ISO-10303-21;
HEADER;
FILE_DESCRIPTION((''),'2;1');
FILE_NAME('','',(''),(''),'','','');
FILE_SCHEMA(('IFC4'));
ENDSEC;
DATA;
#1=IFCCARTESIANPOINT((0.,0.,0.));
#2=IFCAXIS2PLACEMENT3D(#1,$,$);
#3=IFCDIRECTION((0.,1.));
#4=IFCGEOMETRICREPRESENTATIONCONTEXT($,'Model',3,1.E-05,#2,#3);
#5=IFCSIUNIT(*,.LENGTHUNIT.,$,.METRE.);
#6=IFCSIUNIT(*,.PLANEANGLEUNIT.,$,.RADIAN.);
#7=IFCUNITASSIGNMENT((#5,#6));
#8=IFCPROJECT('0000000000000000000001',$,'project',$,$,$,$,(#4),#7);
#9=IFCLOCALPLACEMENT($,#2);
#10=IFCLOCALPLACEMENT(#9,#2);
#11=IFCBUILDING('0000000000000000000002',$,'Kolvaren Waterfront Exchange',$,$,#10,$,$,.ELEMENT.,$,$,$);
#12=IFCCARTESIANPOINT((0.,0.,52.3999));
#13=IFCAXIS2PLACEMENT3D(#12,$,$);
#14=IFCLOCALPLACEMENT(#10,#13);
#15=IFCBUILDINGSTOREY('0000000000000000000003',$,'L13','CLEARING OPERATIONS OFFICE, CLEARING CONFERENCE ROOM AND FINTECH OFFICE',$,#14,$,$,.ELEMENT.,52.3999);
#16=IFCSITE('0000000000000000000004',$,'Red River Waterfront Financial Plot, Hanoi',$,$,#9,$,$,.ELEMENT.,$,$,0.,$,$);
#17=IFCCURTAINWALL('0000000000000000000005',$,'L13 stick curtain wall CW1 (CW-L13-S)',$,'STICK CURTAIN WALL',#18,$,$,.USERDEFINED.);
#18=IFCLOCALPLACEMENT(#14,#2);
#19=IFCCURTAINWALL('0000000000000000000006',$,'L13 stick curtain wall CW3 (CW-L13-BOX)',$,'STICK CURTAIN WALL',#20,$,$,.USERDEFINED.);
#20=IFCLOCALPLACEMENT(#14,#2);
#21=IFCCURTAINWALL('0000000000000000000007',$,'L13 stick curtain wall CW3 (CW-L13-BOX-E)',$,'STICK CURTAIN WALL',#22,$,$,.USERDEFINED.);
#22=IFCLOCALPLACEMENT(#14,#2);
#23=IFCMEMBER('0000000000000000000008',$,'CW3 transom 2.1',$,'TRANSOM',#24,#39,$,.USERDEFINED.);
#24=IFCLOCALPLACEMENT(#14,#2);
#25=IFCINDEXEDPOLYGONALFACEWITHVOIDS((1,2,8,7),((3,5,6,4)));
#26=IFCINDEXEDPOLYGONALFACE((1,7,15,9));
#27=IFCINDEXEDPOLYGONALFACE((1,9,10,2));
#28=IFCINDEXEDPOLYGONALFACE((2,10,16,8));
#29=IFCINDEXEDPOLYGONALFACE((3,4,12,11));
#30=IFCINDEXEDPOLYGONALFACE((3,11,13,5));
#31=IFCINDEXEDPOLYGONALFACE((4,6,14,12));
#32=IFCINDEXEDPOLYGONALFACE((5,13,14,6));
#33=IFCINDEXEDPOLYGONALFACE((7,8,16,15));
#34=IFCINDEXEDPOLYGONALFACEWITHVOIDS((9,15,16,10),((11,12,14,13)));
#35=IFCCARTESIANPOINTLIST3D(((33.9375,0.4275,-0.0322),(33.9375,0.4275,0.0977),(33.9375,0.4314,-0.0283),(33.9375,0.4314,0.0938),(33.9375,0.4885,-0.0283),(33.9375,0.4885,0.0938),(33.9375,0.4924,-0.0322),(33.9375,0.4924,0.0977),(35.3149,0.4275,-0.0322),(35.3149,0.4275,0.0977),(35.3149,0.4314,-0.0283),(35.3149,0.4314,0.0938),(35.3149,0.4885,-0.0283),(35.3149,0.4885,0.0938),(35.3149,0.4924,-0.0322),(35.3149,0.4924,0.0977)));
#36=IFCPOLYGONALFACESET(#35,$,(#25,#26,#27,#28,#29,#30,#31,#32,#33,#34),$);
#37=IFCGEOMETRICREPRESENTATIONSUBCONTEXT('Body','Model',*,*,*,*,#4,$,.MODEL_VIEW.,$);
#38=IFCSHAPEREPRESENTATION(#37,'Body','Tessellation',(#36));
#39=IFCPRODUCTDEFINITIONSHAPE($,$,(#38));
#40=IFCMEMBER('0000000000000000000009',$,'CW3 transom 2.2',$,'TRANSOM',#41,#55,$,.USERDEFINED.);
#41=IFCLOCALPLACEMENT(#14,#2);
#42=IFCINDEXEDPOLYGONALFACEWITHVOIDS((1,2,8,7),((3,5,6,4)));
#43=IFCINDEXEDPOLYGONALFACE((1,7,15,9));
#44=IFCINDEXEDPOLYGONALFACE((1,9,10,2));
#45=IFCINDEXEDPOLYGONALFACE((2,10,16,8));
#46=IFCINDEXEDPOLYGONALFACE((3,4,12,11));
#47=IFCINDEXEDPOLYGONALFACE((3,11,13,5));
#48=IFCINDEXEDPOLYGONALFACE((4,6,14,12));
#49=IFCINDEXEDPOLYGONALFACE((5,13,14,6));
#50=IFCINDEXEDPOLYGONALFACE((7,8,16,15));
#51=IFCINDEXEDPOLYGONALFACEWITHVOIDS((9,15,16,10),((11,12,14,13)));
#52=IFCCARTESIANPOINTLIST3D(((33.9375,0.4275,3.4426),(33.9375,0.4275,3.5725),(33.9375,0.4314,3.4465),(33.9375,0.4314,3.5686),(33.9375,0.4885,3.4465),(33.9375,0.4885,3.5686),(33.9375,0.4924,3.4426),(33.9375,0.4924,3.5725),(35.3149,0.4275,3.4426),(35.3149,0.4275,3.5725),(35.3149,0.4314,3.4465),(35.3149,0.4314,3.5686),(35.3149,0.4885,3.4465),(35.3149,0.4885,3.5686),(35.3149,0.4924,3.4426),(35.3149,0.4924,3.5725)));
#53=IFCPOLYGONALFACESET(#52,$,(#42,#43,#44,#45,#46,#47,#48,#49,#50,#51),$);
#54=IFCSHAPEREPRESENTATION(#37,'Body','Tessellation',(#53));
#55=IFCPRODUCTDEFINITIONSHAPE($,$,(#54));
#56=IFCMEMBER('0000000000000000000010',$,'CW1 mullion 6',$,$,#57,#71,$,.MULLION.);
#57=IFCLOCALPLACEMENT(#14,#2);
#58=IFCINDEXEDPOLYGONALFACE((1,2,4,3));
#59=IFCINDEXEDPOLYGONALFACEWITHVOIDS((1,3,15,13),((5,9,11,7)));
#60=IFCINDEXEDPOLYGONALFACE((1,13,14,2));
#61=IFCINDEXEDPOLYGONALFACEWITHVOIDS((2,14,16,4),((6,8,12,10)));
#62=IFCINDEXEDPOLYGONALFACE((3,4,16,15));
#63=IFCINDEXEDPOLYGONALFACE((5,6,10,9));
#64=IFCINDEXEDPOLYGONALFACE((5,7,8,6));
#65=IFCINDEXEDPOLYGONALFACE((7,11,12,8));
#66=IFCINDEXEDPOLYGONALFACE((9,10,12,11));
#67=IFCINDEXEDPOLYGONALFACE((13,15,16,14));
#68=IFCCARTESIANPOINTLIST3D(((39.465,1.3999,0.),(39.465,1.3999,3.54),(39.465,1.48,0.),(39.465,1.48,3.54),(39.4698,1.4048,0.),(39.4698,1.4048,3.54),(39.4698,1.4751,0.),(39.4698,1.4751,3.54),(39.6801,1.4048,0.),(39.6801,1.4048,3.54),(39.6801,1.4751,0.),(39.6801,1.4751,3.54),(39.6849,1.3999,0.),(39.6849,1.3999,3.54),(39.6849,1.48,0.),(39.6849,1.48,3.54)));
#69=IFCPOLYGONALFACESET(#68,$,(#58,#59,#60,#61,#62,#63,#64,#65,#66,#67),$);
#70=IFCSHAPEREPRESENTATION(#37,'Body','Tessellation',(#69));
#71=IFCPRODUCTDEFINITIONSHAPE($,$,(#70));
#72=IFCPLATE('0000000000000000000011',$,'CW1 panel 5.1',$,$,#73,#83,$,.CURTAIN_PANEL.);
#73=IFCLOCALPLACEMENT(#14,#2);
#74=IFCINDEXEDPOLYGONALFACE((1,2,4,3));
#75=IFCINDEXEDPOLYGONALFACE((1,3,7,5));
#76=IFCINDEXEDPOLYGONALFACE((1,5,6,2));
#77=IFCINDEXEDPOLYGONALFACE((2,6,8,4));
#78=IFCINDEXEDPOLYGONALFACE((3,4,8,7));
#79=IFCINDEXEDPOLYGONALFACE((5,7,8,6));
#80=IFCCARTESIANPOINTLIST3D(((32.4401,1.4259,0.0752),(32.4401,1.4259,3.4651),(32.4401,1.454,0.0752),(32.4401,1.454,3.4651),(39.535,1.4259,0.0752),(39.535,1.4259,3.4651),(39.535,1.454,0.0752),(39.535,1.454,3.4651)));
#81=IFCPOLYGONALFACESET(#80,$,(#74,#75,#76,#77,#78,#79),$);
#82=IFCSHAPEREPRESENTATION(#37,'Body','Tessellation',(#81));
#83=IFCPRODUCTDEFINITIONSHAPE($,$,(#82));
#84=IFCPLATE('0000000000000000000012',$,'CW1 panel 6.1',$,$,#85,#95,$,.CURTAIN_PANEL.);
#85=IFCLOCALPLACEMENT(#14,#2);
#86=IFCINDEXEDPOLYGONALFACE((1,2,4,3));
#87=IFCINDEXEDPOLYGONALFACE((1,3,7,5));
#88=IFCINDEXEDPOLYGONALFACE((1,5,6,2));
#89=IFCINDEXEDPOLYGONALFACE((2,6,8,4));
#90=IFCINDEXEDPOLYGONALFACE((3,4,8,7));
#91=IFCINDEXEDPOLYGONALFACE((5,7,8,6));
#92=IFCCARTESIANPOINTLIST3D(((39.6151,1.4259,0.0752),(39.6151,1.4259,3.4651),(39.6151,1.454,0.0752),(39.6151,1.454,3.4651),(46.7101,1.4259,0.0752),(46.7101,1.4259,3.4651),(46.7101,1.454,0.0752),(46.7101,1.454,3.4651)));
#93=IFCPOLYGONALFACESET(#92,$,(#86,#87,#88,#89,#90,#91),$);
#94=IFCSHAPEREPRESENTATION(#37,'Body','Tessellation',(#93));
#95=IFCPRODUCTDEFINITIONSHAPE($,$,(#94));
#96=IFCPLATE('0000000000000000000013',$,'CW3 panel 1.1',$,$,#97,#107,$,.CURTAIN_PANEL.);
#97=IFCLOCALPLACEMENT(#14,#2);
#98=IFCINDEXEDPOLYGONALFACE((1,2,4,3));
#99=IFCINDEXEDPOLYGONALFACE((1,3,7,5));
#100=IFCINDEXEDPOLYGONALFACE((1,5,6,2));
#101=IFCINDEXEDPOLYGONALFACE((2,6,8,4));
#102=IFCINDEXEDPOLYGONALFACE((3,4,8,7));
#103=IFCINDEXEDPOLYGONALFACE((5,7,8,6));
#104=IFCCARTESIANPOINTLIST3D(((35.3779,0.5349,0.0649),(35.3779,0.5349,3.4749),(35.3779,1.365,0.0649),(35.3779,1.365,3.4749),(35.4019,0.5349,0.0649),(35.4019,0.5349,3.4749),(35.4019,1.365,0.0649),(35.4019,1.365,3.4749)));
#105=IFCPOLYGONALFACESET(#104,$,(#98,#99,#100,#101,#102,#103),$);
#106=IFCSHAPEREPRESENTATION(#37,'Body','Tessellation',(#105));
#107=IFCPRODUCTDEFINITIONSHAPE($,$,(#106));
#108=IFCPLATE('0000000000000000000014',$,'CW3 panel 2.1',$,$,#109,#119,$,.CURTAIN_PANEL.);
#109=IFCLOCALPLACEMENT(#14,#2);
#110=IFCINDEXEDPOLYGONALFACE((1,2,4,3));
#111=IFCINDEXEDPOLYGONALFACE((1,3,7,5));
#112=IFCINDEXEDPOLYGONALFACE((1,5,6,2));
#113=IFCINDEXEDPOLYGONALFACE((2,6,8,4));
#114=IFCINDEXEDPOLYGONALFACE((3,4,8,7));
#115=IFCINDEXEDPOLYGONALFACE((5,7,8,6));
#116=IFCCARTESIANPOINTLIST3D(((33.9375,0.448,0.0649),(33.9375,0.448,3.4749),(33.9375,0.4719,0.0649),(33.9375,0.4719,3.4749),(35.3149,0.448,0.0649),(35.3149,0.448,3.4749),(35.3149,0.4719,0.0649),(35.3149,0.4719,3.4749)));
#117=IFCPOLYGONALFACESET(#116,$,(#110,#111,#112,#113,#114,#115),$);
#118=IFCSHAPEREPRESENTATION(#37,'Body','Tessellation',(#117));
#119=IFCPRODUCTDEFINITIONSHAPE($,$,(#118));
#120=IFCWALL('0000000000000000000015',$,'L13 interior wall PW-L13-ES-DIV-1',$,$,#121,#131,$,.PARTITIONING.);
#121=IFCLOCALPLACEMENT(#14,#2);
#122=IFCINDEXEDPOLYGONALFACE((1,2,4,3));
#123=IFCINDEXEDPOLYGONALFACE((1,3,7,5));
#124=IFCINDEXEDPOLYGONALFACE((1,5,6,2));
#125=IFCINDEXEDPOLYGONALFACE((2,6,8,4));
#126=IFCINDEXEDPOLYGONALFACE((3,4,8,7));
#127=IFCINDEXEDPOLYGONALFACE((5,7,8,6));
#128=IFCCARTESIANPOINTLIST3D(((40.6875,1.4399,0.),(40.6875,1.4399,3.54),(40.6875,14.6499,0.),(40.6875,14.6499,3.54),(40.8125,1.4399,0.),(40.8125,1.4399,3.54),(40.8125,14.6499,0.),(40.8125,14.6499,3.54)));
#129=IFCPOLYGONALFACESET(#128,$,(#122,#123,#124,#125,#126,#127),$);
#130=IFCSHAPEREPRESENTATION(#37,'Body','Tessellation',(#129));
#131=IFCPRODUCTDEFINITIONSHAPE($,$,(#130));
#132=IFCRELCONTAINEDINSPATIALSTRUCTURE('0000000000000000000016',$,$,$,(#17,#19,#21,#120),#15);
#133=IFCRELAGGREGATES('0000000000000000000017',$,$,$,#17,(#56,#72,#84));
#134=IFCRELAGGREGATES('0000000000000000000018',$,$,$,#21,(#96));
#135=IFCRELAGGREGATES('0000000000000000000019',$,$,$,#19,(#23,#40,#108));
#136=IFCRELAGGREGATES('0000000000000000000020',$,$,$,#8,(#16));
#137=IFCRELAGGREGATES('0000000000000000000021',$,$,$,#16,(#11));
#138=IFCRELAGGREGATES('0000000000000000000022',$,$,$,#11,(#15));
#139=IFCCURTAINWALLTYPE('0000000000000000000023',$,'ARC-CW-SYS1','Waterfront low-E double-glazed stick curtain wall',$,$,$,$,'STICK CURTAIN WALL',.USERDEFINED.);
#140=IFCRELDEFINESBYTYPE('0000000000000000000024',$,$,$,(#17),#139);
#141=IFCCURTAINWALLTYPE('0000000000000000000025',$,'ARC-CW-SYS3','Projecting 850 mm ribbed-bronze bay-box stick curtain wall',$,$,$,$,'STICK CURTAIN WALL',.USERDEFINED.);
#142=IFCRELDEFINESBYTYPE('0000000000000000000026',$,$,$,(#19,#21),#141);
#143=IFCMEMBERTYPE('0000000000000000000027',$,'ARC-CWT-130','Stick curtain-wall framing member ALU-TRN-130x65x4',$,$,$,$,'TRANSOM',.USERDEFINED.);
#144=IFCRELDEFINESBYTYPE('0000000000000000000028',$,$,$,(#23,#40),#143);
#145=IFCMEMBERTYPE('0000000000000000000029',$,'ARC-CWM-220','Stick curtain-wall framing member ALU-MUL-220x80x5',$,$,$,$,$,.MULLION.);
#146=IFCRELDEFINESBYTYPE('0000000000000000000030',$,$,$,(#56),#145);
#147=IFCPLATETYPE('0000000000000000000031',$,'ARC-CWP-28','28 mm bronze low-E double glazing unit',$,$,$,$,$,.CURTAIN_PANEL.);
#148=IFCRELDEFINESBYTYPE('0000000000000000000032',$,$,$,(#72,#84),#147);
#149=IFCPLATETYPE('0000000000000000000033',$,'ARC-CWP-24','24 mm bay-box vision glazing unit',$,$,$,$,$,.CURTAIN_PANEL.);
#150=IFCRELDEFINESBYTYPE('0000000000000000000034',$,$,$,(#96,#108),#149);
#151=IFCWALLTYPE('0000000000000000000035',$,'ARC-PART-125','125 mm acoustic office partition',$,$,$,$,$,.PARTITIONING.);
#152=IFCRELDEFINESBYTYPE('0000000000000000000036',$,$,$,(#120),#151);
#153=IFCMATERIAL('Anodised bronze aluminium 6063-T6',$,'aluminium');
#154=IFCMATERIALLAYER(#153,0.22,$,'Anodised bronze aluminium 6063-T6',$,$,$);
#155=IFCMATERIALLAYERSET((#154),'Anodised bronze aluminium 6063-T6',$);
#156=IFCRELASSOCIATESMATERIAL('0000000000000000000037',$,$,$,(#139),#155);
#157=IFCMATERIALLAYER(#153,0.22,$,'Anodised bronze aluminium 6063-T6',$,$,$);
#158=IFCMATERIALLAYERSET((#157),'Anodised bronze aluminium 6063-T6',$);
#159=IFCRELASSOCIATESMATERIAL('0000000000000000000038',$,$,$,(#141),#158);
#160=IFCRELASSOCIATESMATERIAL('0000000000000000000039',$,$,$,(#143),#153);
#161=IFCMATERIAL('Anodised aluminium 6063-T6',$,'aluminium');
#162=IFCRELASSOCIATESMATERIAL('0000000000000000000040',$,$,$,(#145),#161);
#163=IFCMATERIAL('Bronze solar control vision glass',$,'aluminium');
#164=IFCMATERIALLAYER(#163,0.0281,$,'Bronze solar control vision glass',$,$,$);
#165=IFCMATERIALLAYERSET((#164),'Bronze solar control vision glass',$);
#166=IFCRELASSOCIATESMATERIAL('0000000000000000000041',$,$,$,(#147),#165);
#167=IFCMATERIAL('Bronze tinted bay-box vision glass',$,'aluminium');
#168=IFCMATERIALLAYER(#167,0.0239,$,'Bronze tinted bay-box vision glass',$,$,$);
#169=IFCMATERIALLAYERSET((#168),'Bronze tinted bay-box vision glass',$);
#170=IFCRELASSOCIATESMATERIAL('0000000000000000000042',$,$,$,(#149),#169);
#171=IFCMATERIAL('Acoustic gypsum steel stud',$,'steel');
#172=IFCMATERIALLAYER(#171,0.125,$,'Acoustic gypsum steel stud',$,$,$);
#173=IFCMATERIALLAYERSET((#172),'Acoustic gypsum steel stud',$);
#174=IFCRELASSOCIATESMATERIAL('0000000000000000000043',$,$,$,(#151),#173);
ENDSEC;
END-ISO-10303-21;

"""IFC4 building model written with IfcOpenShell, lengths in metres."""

from ifc_helpers import new_model, si_unit, direction, frame, frame_2d, origin, origin_with_axes, origin_2d, place, context, subcontext, project, spatial, rectangle, hollow_rectangle, extrude, source, transform, mapped, material, layer, layer_set, material_profile, profile_set, type_object, element, aggregate, save


model = new_model("IFC4")

# Units and contexts
model_context = context("Model", 3, precision=1e-05, world=origin(), true_north=direction((0.0, 1.0)))
body_context = subcontext(model_context, "Body", "Model", "MODEL_VIEW")
ifc_project = project(units=[si_unit("LENGTHUNIT", "METRE"), si_unit("PLANEANGLEUNIT", "RADIAN")], contexts=[model_context])

# Site, building, storey
site_placement = place(None, origin())
site = spatial("IfcSite", under=ifc_project, at=site_placement, Name="Red River Waterfront Financial Plot, Hanoi", CompositionType="ELEMENT", RefElevation=0.0)
building_placement = place(site_placement, origin())
building = spatial("IfcBuilding", under=site, at=building_placement, Name="Kolvaren Waterfront Exchange", CompositionType="ELEMENT")
storey_placement = place(building_placement, frame((0.0, 0.0, 52.3999)))
storey = spatial("IfcBuildingStorey", under=building, at=storey_placement, Name="L13", Description="CLEARING OPERATIONS OFFICE, CLEARING CONFERENCE ROOM AND FINTECH OFFICE", CompositionType="ELEMENT", Elevation=52.3999)

# Curtain wall
ifc_material_1 = material(Name="Anodised bronze aluminium 6063-T6", Category="aluminium")
ifc_layer_1 = layer(ifc_material_1, 0.22, Name="Anodised bronze aluminium 6063-T6")
ifc_layer_set_1 = layer_set([ifc_layer_1], Name="Anodised bronze aluminium 6063-T6")
curtain_wall_type_1 = type_object("IfcCurtainWallType", Name="ARC-CW-SYS1", Description="Waterfront low-E double-glazed stick curtain wall", ElementType="STICK CURTAIN WALL", PredefinedType="USERDEFINED", material=ifc_layer_set_1)
curtain_wall_1_placement = place(storey_placement, origin())
curtain_wall_1 = element("IfcCurtainWall", 1, at=curtain_wall_1_placement, inside=storey, type_object=curtain_wall_type_1, Name="L13 stick curtain wall CW1 (CW-L13-S)", ObjectType="STICK CURTAIN WALL", PredefinedType="USERDEFINED")
ifc_material_2 = material(Name="Anodised aluminium 6063-T6", Category="aluminium")

# Curtain wall
ifc_layer_2 = layer(ifc_material_1, 0.22, Name="Anodised bronze aluminium 6063-T6")
ifc_layer_set_2 = layer_set([ifc_layer_2], Name="Anodised bronze aluminium 6063-T6")
curtain_wall_type_2 = type_object("IfcCurtainWallType", Name="ARC-CW-SYS3", Description="Projecting 850 mm ribbed-bronze bay-box stick curtain wall", ElementType="STICK CURTAIN WALL", PredefinedType="USERDEFINED", material=ifc_layer_set_2)
curtain_wall_2_placement = place(storey_placement, origin())
curtain_wall_2 = element("IfcCurtainWall", 2, at=curtain_wall_2_placement, inside=storey, type_object=curtain_wall_type_2, Name="L13 stick curtain wall CW3 (CW-L13-BOX)", ObjectType="STICK CURTAIN WALL", PredefinedType="USERDEFINED")

# Curtain wall
curtain_wall_3_placement = place(storey_placement, origin())
curtain_wall_3 = element("IfcCurtainWall", 3, at=curtain_wall_3_placement, inside=storey, type_object=curtain_wall_type_2, Name="L13 stick curtain wall CW3 (CW-L13-BOX-E)", ObjectType="STICK CURTAIN WALL", PredefinedType="USERDEFINED")
ifc_material_profile_1 = material_profile(ifc_material_1, hollow_rectangle(XDim=0.0649, YDim=0.1299, WallThickness=0.0039, at=origin_2d()), Name="ALU-TRN-130x65x4")
ifc_profile_set_1 = profile_set([ifc_material_profile_1], Name="Anodised bronze aluminium 6063-T6")
member_type_1 = type_object("IfcMemberType", Name="ARC-CWT-130", Description="Stick curtain-wall framing member ALU-TRN-130x65x4", ElementType="TRANSOM", PredefinedType="USERDEFINED", material=ifc_profile_set_1)

# Members
shared_shape_1 = source(origin_with_axes(), body_context, "Body", "SweptSolid", [
    extrude(hollow_rectangle(XDim=0.0649, YDim=0.1299, WallThickness=0.0039, at=origin_2d()), origin(), (0.0, 0.0, 1.0), 1.3774),
])
member_1_placement = place(storey_placement, frame((33.9375, 0.46, 0.0327), z_axis=(1.0, 0.0, 0.0), x_axis=(0.0, 1.0, 0.0)))
member_1 = element("IfcMember", 4, at=member_1_placement, type_object=member_type_1, Name="CW3 transom 2.1", ObjectType="TRANSOM", PredefinedType="USERDEFINED", context=body_context, shape_type="MappedRepresentation", body=[
    mapped(shared_shape_1, transform((0.0, 0.0, 0.0), x_axis=(1.0, 0.0, 0.0), y_axis=(0.0, 1.0, 0.0), z_axis=(0.0, 0.0, 1.0), scale=1.0)),
])
member_2_placement = place(storey_placement, frame((33.9375, 0.46, 3.5076), z_axis=(1.0, 0.0, 0.0), x_axis=(0.0, 1.0, 0.0)))
member_2 = element("IfcMember", 5, at=member_2_placement, type_object=member_type_1, Name="CW3 transom 2.2", ObjectType="TRANSOM", PredefinedType="USERDEFINED", context=body_context, shape_type="MappedRepresentation", body=[
    mapped(shared_shape_1, transform((0.0, 0.0, 0.0), x_axis=(1.0, 0.0, 0.0), y_axis=(0.0, 1.0, 0.0), z_axis=(0.0, 0.0, 1.0), scale=1.0)),
])
ifc_material_profile_2 = material_profile(ifc_material_2, hollow_rectangle(XDim=0.0801, YDim=0.22, WallThickness=0.0049, at=origin_2d()), Name="ALU-MUL-220x80x5")
ifc_profile_set_2 = profile_set([ifc_material_profile_2], Name="Anodised aluminium 6063-T6")
member_type_2 = type_object("IfcMemberType", Name="ARC-CWM-220", Description="Stick curtain-wall framing member ALU-MUL-220x80x5", PredefinedType="MULLION", material=ifc_profile_set_2)
shared_shape_2 = source(origin_with_axes(), body_context, "Body", "SweptSolid", [
    extrude(hollow_rectangle(XDim=0.0801, YDim=0.22, WallThickness=0.0049, at=origin_2d()), origin(), (0.0, 0.0, 1.0), 3.54),
])
member_3_placement = place(storey_placement, frame((39.575, 1.4399, 0.0), z_axis=(0.0, 0.0, 1.0), x_axis=(0.0, 1.0, 0.0)))
member_3 = element("IfcMember", 6, at=member_3_placement, type_object=member_type_2, Name="CW1 mullion 6", PredefinedType="MULLION", context=body_context, shape_type="MappedRepresentation", body=[
    mapped(shared_shape_2, transform((0.0, 0.0, 0.0), x_axis=(1.0, 0.0, 0.0), y_axis=(0.0, 1.0, 0.0), z_axis=(0.0, 0.0, 1.0), scale=1.0)),
])

# Plates
ifc_material_3 = material(Name="Bronze solar control vision glass", Category="aluminium")
ifc_layer_3 = layer(ifc_material_3, 0.0281, Name="Bronze solar control vision glass")
ifc_layer_set_3 = layer_set([ifc_layer_3], Name="Bronze solar control vision glass")
plate_type_1 = type_object("IfcPlateType", Name="ARC-CWP-28", Description="28 mm bronze low-E double glazing unit", PredefinedType="CURTAIN_PANEL", material=ifc_layer_set_3)
shared_shape_3 = source(origin_with_axes(), body_context, "Body", "SweptSolid", [
    extrude(rectangle(XDim=7.095, YDim=0.0281, at=origin_2d()), origin(), (0.0, 0.0, 1.0), 3.3899),
])
plate_1_placement = place(storey_placement, frame((35.9875, 1.4399, 0.0752), z_axis=(0.0, 0.0, 1.0), x_axis=(1.0, 0.0, 0.0)))
plate_1 = element("IfcPlate", 7, at=plate_1_placement, type_object=plate_type_1, Name="CW1 panel 5.1", PredefinedType="CURTAIN_PANEL", context=body_context, shape_type="MappedRepresentation", body=[
    mapped(shared_shape_3, transform((0.0, 0.0, 0.0), x_axis=(1.0, 0.0, 0.0), y_axis=(0.0, 1.0, 0.0), z_axis=(0.0, 0.0, 1.0), scale=1.0)),
])
plate_2_placement = place(storey_placement, frame((43.1626, 1.4399, 0.0752), z_axis=(0.0, 0.0, 1.0), x_axis=(1.0, 0.0, 0.0)))
plate_2 = element("IfcPlate", 8, at=plate_2_placement, type_object=plate_type_1, Name="CW1 panel 6.1", PredefinedType="CURTAIN_PANEL", context=body_context, shape_type="MappedRepresentation", body=[
    mapped(shared_shape_3, transform((0.0, 0.0, 0.0), x_axis=(1.0, 0.0, 0.0), y_axis=(0.0, 1.0, 0.0), z_axis=(0.0, 0.0, 1.0), scale=1.0)),
])
aggregate(curtain_wall_1, [member_3, plate_1, plate_2])
ifc_material_4 = material(Name="Bronze tinted bay-box vision glass", Category="aluminium")
ifc_layer_4 = layer(ifc_material_4, 0.0239, Name="Bronze tinted bay-box vision glass")
ifc_layer_set_4 = layer_set([ifc_layer_4], Name="Bronze tinted bay-box vision glass")
plate_type_2 = type_object("IfcPlateType", Name="ARC-CWP-24", Description="24 mm bay-box vision glazing unit", PredefinedType="CURTAIN_PANEL", material=ifc_layer_set_4)
shared_shape_4 = source(origin_with_axes(), body_context, "Body", "SweptSolid", [
    extrude(rectangle(XDim=0.8301, YDim=0.0239, at=origin_2d()), origin(), (0.0, 0.0, 1.0), 3.4099),
])
plate_3_placement = place(storey_placement, frame((35.3899, 0.95, 0.0649), z_axis=(0.0, 0.0, 1.0), x_axis=(0.0, 1.0, 0.0)))
plate_3 = element("IfcPlate", 9, at=plate_3_placement, type_object=plate_type_2, Name="CW3 panel 1.1", PredefinedType="CURTAIN_PANEL", context=body_context, shape_type="MappedRepresentation", body=[
    mapped(shared_shape_4, transform((0.0, 0.0, 0.0), x_axis=(1.0, 0.0, 0.0), y_axis=(0.0, 1.0, 0.0), z_axis=(0.0, 0.0, 1.0), scale=1.0)),
])
aggregate(curtain_wall_3, [plate_3])
shared_shape_5 = source(origin_with_axes(), body_context, "Body", "SweptSolid", [
    extrude(rectangle(XDim=1.3774, YDim=0.0239, at=origin_2d()), origin(), (0.0, 0.0, 1.0), 3.4099),
])
plate_4_placement = place(storey_placement, frame((34.6262, 0.46, 0.0649), z_axis=(0.0, 0.0, 1.0), x_axis=(1.0, 0.0, 0.0)))
plate_4 = element("IfcPlate", 10, at=plate_4_placement, type_object=plate_type_2, Name="CW3 panel 2.1", PredefinedType="CURTAIN_PANEL", context=body_context, shape_type="MappedRepresentation", body=[
    mapped(shared_shape_5, transform((0.0, 0.0, 0.0), x_axis=(1.0, 0.0, 0.0), y_axis=(0.0, 1.0, 0.0), z_axis=(0.0, 0.0, 1.0), scale=1.0)),
])
aggregate(curtain_wall_2, [member_1, member_2, plate_4])

# Wall
ifc_material_5 = material(Name="Acoustic gypsum steel stud", Category="steel")
ifc_layer_5 = layer(ifc_material_5, 0.125, Name="Acoustic gypsum steel stud")
ifc_layer_set_5 = layer_set([ifc_layer_5], Name="Acoustic gypsum steel stud")
wall_type = type_object("IfcWallType", Name="ARC-PART-125", Description="125 mm acoustic office partition", PredefinedType="PARTITIONING", material=ifc_layer_set_5)
wall_placement = place(storey_placement, frame((40.75, 1.4399, 0.0), z_axis=(0.0, 0.0, 1.0), x_axis=(0.0, 1.0, 0.0)))
element("IfcWall", 11, at=wall_placement, inside=storey, type_object=wall_type, Name="L13 interior wall PW-L13-ES-DIV-1", PredefinedType="PARTITIONING", context=body_context, shape_type="SweptSolid", body=[
    extrude(rectangle(XDim=13.21, YDim=0.125, at=frame_2d((6.605, 0.0))), origin(), (0.0, 0.0, 1.0), 3.54),
])

save(model, "model.ifc")
